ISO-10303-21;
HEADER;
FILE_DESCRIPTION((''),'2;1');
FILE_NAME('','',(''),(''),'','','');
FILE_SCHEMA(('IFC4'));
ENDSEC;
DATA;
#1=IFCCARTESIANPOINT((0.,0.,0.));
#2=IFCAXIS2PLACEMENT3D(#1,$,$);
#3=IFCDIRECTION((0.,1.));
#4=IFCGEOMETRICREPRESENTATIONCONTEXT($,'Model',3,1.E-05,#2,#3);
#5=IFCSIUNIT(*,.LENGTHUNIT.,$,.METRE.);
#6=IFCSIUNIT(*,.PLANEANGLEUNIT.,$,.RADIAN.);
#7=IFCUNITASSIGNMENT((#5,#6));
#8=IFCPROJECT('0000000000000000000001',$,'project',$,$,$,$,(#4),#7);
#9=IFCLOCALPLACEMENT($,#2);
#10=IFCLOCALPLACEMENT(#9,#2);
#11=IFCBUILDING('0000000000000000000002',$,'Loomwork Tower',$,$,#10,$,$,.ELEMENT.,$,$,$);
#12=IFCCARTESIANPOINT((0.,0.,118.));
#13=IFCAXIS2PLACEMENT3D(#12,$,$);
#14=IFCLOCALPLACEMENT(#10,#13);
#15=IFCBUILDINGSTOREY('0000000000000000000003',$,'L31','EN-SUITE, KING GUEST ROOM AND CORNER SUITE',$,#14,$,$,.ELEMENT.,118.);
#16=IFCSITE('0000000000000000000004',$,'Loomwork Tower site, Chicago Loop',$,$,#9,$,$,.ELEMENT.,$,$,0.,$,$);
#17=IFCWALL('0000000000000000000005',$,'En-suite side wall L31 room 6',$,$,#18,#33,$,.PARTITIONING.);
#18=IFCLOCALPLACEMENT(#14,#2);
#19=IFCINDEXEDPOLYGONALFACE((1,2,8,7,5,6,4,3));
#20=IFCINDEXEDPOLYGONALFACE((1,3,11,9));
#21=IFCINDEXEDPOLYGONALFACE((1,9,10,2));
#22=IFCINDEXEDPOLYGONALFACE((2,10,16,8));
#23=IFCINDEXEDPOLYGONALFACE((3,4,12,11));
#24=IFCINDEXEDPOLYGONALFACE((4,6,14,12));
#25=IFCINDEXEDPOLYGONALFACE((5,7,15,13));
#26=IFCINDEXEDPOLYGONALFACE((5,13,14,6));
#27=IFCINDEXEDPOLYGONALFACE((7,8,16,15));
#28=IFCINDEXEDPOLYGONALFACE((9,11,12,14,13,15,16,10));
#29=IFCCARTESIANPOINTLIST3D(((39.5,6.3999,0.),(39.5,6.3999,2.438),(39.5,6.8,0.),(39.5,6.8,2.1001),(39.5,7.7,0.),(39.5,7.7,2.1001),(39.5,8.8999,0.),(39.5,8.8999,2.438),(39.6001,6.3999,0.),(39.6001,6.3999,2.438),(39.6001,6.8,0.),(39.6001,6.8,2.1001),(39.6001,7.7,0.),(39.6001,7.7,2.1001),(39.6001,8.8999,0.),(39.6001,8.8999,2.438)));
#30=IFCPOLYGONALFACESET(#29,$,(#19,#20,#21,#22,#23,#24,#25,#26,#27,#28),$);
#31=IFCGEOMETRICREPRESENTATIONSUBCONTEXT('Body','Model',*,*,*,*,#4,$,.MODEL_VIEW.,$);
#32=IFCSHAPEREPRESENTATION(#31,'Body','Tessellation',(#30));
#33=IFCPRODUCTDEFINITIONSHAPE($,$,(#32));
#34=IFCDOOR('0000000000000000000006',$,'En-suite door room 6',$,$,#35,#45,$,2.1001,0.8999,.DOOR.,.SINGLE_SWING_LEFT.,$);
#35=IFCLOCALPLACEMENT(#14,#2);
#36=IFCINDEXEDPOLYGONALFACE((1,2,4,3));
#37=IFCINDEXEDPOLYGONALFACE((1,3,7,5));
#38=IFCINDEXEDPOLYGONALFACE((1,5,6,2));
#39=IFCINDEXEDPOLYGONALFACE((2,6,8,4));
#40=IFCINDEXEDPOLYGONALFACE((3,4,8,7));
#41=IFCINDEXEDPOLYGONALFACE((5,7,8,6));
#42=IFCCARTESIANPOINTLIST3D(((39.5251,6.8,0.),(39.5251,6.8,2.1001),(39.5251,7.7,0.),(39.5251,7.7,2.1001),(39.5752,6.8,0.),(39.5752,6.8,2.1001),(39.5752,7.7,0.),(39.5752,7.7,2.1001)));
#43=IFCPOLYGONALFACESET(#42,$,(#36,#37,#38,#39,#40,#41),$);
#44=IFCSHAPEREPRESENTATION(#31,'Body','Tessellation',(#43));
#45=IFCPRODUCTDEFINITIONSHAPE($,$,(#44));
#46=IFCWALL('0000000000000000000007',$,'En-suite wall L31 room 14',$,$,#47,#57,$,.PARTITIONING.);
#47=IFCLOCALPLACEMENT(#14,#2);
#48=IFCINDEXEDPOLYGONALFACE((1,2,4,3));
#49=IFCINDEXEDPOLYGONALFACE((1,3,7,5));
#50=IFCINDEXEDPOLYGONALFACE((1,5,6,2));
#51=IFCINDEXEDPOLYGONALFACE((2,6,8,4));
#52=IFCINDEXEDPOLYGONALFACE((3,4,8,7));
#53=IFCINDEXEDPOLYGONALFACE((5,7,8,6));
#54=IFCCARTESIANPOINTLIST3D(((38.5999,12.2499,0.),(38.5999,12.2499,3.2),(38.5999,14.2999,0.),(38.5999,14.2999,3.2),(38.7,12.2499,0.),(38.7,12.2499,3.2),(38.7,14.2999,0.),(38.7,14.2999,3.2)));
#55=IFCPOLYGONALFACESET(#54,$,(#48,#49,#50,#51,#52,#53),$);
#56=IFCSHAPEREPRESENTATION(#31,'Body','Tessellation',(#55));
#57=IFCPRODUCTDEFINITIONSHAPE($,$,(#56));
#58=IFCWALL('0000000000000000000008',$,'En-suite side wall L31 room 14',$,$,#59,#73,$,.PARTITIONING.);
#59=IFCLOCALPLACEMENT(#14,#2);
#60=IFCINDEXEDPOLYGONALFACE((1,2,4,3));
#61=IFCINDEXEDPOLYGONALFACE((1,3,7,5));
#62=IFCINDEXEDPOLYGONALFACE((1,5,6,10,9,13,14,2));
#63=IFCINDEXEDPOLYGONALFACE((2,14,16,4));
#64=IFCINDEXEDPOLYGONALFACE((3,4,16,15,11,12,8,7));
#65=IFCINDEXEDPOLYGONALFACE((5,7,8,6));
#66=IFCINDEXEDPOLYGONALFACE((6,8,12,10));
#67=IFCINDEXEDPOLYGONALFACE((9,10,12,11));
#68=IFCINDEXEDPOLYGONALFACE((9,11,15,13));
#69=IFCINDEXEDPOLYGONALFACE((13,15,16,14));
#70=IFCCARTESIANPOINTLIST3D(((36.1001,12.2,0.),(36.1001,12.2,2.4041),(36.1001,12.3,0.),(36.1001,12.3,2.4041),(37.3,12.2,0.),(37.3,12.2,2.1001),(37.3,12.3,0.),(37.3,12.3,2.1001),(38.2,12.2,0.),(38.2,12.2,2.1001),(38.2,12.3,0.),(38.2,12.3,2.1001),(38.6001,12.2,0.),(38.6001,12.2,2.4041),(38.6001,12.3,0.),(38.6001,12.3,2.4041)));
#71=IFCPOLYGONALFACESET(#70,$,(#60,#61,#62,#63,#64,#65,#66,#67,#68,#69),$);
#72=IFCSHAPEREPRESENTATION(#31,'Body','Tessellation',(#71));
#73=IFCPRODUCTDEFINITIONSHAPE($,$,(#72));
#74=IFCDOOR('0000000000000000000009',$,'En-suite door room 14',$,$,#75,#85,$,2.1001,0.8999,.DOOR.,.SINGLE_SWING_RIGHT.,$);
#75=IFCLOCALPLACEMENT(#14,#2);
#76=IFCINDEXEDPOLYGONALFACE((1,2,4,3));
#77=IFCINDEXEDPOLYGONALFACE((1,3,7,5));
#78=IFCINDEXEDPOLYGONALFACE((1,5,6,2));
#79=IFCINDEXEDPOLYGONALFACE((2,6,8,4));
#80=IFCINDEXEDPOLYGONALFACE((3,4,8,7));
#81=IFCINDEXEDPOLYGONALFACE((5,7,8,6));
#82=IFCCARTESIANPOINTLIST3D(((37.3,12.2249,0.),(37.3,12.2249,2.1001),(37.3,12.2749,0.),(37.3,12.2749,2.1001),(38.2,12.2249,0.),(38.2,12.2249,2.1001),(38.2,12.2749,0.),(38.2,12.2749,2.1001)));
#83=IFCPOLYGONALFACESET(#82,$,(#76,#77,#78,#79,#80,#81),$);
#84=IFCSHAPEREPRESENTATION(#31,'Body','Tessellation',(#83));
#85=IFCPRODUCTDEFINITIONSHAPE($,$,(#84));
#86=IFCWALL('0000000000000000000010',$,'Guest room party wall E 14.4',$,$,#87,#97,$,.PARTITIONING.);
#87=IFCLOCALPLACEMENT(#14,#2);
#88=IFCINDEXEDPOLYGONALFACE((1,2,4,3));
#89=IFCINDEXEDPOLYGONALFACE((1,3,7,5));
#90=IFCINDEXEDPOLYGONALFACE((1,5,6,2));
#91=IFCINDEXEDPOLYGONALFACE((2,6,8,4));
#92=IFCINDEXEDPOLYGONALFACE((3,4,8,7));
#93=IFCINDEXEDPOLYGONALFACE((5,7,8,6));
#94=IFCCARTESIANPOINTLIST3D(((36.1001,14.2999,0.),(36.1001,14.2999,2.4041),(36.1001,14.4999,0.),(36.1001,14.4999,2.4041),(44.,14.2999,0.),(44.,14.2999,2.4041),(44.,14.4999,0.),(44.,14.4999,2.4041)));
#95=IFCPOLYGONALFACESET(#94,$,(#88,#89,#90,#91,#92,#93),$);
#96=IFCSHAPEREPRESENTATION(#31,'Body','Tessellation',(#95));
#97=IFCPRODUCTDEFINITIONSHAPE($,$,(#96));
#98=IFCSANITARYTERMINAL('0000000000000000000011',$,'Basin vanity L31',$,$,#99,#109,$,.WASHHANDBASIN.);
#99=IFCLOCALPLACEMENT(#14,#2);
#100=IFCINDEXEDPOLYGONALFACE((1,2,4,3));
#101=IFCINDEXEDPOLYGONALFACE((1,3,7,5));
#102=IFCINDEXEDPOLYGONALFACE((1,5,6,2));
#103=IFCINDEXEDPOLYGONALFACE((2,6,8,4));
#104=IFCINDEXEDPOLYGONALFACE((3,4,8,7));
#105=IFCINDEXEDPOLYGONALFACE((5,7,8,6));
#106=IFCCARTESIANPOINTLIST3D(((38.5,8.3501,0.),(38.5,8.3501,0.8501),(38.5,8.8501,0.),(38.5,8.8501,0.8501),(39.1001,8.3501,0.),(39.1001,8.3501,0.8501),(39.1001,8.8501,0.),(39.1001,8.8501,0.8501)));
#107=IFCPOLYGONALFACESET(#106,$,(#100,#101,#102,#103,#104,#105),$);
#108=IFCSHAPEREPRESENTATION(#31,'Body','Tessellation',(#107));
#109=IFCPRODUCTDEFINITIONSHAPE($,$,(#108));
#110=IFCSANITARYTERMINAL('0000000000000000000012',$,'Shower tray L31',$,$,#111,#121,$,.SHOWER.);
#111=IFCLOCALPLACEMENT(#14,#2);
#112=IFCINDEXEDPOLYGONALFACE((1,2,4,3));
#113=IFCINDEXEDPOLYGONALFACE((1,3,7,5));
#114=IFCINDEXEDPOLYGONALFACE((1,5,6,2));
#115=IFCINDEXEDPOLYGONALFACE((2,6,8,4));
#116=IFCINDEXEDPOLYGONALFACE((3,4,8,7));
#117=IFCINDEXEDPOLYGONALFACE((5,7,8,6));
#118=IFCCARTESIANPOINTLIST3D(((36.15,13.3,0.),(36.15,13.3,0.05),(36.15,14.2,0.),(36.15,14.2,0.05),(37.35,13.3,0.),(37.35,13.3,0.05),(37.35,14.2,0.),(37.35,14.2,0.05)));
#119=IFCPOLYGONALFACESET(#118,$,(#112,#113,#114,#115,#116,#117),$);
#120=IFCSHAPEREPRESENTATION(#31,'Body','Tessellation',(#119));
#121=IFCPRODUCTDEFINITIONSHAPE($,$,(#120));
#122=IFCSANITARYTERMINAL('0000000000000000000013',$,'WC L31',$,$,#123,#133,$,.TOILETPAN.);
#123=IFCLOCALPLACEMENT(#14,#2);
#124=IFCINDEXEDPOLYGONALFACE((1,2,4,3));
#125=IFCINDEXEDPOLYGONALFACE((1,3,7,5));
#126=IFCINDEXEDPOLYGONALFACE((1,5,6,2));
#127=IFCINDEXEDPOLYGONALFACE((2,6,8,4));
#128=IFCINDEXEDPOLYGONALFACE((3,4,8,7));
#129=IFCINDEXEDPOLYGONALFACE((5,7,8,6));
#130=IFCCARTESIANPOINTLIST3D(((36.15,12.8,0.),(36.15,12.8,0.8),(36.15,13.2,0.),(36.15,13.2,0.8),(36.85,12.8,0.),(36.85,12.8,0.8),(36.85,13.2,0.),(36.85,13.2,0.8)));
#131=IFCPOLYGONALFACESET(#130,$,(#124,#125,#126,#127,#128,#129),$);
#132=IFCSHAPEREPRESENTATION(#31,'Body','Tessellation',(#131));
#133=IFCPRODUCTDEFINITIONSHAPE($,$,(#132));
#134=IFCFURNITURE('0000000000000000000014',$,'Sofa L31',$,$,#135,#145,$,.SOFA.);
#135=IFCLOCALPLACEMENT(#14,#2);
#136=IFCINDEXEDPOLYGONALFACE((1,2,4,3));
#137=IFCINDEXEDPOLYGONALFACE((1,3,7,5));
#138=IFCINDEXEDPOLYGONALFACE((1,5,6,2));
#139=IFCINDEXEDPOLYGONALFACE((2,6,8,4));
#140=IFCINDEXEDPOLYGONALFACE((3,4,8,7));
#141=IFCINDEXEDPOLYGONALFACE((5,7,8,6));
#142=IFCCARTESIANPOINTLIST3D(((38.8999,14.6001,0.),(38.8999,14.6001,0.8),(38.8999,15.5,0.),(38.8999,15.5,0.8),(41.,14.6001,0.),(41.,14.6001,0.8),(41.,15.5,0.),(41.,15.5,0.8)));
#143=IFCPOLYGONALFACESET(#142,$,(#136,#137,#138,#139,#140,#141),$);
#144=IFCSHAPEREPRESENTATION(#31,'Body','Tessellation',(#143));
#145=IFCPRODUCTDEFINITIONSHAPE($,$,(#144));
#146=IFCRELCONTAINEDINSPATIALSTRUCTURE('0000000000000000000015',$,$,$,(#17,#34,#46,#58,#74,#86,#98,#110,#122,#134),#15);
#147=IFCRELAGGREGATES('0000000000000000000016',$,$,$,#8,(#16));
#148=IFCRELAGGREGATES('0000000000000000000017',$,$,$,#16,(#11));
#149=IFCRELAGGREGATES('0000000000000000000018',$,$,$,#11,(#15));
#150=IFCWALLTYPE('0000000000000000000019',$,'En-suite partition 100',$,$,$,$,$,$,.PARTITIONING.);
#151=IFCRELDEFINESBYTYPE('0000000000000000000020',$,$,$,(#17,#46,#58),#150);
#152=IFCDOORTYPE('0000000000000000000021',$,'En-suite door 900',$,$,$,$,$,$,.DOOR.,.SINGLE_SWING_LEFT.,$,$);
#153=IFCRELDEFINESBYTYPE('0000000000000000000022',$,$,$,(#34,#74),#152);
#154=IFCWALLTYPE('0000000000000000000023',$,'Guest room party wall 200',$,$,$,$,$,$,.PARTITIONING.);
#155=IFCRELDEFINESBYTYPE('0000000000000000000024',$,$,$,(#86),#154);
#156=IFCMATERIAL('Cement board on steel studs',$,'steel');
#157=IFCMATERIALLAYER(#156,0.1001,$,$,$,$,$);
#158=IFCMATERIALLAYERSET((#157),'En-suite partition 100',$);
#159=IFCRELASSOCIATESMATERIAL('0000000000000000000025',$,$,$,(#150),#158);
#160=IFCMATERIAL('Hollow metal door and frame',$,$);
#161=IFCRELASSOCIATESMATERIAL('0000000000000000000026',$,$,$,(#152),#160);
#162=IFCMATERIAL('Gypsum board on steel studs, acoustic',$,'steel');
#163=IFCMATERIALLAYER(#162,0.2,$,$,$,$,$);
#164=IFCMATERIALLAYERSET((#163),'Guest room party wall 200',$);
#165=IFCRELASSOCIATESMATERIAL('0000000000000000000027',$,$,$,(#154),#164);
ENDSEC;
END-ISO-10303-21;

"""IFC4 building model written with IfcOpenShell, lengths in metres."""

from ifc_helpers import new_model, si_unit, direction, frame, frame_2d, origin, origin_2d, place, context, subcontext, project, spatial, rectangle, extrude, material, layer, layer_set, type_object, element, fill, save


model = new_model("IFC4")

# Units and contexts
model_context = context("Model", 3, precision=1e-05, world=origin(), true_north=direction((0.0, 1.0)))
body_context = subcontext(model_context, "Body", "Model", "MODEL_VIEW")
ifc_project = project(units=[si_unit("LENGTHUNIT", "METRE"), si_unit("PLANEANGLEUNIT", "RADIAN")], contexts=[model_context])

# Site, building, storey
site_placement = place(None, origin())
site = spatial("IfcSite", under=ifc_project, at=site_placement, Name="Loomwork Tower site, Chicago Loop", CompositionType="ELEMENT", RefElevation=0.0)
building_placement = place(site_placement, origin())
building = spatial("IfcBuilding", under=site, at=building_placement, Name="Loomwork Tower", CompositionType="ELEMENT")
storey_placement = place(building_placement, frame((0.0, 0.0, 118.0)))
storey = spatial("IfcBuildingStorey", under=building, at=storey_placement, Name="L31", Description="EN-SUITE, KING GUEST ROOM AND CORNER SUITE", CompositionType="ELEMENT", Elevation=118.0)

# Wall, opening, door
ifc_material_1 = material(Name="Cement board on steel studs", Category="steel")
ifc_layer_1 = layer(ifc_material_1, 0.1001)
ifc_layer_set_1 = layer_set([ifc_layer_1], Name="En-suite partition 100")
wall_type_1 = type_object("IfcWallType", Name="En-suite partition 100", PredefinedType="PARTITIONING", material=ifc_layer_set_1)
wall_1_placement = place(storey_placement, frame((39.55, 8.8999, 0.0), z_axis=(0.0, 0.0, 1.0), x_axis=(0.0, -1.0, 0.0)))
wall_1 = element("IfcWall", 1, at=wall_1_placement, inside=storey, type_object=wall_type_1, Name="En-suite side wall L31 room 6", PredefinedType="PARTITIONING", context=body_context, shape_type="SweptSolid", body=[
    extrude(rectangle(XDim=2.5, YDim=0.1001, at=frame_2d((1.25, 0.0))), origin(), (0.0, 0.0, 1.0), 2.438),
])
opening_1_placement = place(wall_1_placement, frame((1.2, 0.0, 0.0)))
opening_1 = element("IfcOpeningElement", 2, at=opening_1_placement, cuts=wall_1, PredefinedType="OPENING", context=body_context, shape_type="SweptSolid", body=[
    extrude(rectangle(XDim=0.8999, YDim=2.1001, at=frame_2d((0.45, 1.05))), frame((0.0, 0.0601, 0.0), z_axis=(0.0, -1.0, 0.0), x_axis=(1.0, 0.0, 0.0)), (0.0, 0.0, 1.0), 0.1201),
])
ifc_material_2 = material(Name="Hollow metal door and frame")
door_type_1 = type_object("IfcDoorType", Name="En-suite door 900", OperationType="SINGLE_SWING_LEFT", PredefinedType="DOOR", material=ifc_material_2)
door_1_placement = place(opening_1_placement, frame((0.8999, 0.0, 0.0), z_axis=(0.0, 0.0, 1.0), x_axis=(-1.0, 0.0, 0.0)))
door_1 = element("IfcDoor", 3, at=door_1_placement, inside=storey, type_object=door_type_1, Name="En-suite door room 6", OperationType="SINGLE_SWING_LEFT", OverallHeight=2.1001, OverallWidth=0.8999, PredefinedType="DOOR", context=body_context, shape_type="SweptSolid", body=[
    extrude(rectangle(XDim=0.8999, YDim=2.1001, at=frame_2d((0.45, 1.05))), frame((0.0, 0.0249, 0.0), z_axis=(0.0, -1.0, 0.0), x_axis=(1.0, 0.0, 0.0)), (0.0, 0.0, 1.0), 0.05),
])
fill(opening_1, door_1)

# Wall
wall_2_placement = place(storey_placement, frame((38.6499, 12.25, 0.0), z_axis=(0.0, 0.0, 1.0), x_axis=(0.0, 1.0, 0.0)))
element("IfcWall", 4, at=wall_2_placement, inside=storey, type_object=wall_type_1, Name="En-suite wall L31 room 14", PredefinedType="PARTITIONING", context=body_context, shape_type="SweptSolid", body=[
    extrude(rectangle(XDim=2.05, YDim=0.1001, at=frame_2d((1.0249, 0.0))), origin(), (0.0, 0.0, 1.0), 3.2),
])

# Wall, opening, door
wall_3_placement = place(storey_placement, frame((36.1001, 12.25, 0.0), z_axis=(0.0, 0.0, 1.0), x_axis=(1.0, 0.0, 0.0)))
wall_3 = element("IfcWall", 5, at=wall_3_placement, inside=storey, type_object=wall_type_1, Name="En-suite side wall L31 room 14", PredefinedType="PARTITIONING", context=body_context, shape_type="SweptSolid", body=[
    extrude(rectangle(XDim=2.5, YDim=0.1001, at=frame_2d((1.25, 0.0))), origin(), (0.0, 0.0, 1.0), 2.4041),
])
opening_2_placement = place(wall_3_placement, frame((1.2, 0.0, 0.0)))
opening_2 = element("IfcOpeningElement", 6, at=opening_2_placement, cuts=wall_3, PredefinedType="OPENING", context=body_context, shape_type="SweptSolid", body=[
    extrude(rectangle(XDim=0.8999, YDim=2.1001, at=frame_2d((0.45, 1.05))), frame((0.0, 0.0601, 0.0), z_axis=(0.0, -1.0, 0.0), x_axis=(1.0, 0.0, 0.0)), (0.0, 0.0, 1.0), 0.1201),
])
door_2_placement = place(opening_2_placement, origin())
door_2 = element("IfcDoor", 7, at=door_2_placement, inside=storey, type_object=door_type_1, Name="En-suite door room 14", OperationType="SINGLE_SWING_RIGHT", OverallHeight=2.1001, OverallWidth=0.8999, PredefinedType="DOOR", context=body_context, shape_type="SweptSolid", body=[
    extrude(rectangle(XDim=0.8999, YDim=2.1001, at=frame_2d((0.45, 1.05))), frame((0.0, 0.0249, 0.0), z_axis=(0.0, -1.0, 0.0), x_axis=(1.0, 0.0, 0.0)), (0.0, 0.0, 1.0), 0.05),
])
fill(opening_2, door_2)

# Wall
ifc_material_3 = material(Name="Gypsum board on steel studs, acoustic", Category="steel")
ifc_layer_2 = layer(ifc_material_3, 0.2)
ifc_layer_set_2 = layer_set([ifc_layer_2], Name="Guest room party wall 200")
wall_type_2 = type_object("IfcWallType", Name="Guest room party wall 200", PredefinedType="PARTITIONING", material=ifc_layer_set_2)
wall_4_placement = place(storey_placement, frame((36.1001, 14.3999, 0.0), z_axis=(0.0, 0.0, 1.0), x_axis=(1.0, 0.0, 0.0)))
element("IfcWall", 8, at=wall_4_placement, inside=storey, type_object=wall_type_2, Name="Guest room party wall E 14.4", PredefinedType="PARTITIONING", context=body_context, shape_type="SweptSolid", body=[
    extrude(rectangle(XDim=7.8999, YDim=0.2, at=frame_2d((3.95, 0.0))), origin(), (0.0, 0.0, 1.0), 2.4041),
])

# Sanitary terminals
sanitary_terminal_1_placement = place(storey_placement, frame((38.8, 8.6001, 0.0), z_axis=(0.0, 0.0, 1.0), x_axis=(1.0, 0.0, 0.0)))
element("IfcSanitaryTerminal", 9, at=sanitary_terminal_1_placement, inside=storey, Name="Basin vanity L31", PredefinedType="WASHHANDBASIN", context=body_context, shape_type="SweptSolid", body=[
    extrude(rectangle(XDim=0.6001, YDim=0.5, at=origin_2d()), origin(), (0.0, 0.0, 1.0), 0.8501),
])
sanitary_terminal_2_placement = place(storey_placement, frame((36.75, 13.75, 0.0), z_axis=(0.0, 0.0, 1.0), x_axis=(1.0, 0.0, 0.0)))
element("IfcSanitaryTerminal", 10, at=sanitary_terminal_2_placement, inside=storey, Name="Shower tray L31", PredefinedType="SHOWER", context=body_context, shape_type="SweptSolid", body=[
    extrude(rectangle(XDim=1.2, YDim=0.8999, at=origin_2d()), origin(), (0.0, 0.0, 1.0), 0.05),
])
sanitary_terminal_3_placement = place(storey_placement, frame((36.5, 13.0, 0.0), z_axis=(0.0, 0.0, 1.0), x_axis=(1.0, 0.0, 0.0)))
element("IfcSanitaryTerminal", 11, at=sanitary_terminal_3_placement, inside=storey, Name="WC L31", PredefinedType="TOILETPAN", context=body_context, shape_type="SweptSolid", body=[
    extrude(rectangle(XDim=0.7, YDim=0.3999, at=origin_2d()), origin(), (0.0, 0.0, 1.0), 0.8),
])

# Furniture
furniture_placement = place(storey_placement, frame((39.95, 15.05, 0.0), z_axis=(0.0, 0.0, 1.0), x_axis=(1.0, 0.0, 0.0)))
element("IfcFurniture", 12, at=furniture_placement, inside=storey, Name="Sofa L31", PredefinedType="SOFA", context=body_context, shape_type="SweptSolid", body=[
    extrude(rectangle(XDim=2.1001, YDim=0.8999, at=origin_2d()), origin(), (0.0, 0.0, 1.0), 0.8),
])

save(model, "model.ifc")
